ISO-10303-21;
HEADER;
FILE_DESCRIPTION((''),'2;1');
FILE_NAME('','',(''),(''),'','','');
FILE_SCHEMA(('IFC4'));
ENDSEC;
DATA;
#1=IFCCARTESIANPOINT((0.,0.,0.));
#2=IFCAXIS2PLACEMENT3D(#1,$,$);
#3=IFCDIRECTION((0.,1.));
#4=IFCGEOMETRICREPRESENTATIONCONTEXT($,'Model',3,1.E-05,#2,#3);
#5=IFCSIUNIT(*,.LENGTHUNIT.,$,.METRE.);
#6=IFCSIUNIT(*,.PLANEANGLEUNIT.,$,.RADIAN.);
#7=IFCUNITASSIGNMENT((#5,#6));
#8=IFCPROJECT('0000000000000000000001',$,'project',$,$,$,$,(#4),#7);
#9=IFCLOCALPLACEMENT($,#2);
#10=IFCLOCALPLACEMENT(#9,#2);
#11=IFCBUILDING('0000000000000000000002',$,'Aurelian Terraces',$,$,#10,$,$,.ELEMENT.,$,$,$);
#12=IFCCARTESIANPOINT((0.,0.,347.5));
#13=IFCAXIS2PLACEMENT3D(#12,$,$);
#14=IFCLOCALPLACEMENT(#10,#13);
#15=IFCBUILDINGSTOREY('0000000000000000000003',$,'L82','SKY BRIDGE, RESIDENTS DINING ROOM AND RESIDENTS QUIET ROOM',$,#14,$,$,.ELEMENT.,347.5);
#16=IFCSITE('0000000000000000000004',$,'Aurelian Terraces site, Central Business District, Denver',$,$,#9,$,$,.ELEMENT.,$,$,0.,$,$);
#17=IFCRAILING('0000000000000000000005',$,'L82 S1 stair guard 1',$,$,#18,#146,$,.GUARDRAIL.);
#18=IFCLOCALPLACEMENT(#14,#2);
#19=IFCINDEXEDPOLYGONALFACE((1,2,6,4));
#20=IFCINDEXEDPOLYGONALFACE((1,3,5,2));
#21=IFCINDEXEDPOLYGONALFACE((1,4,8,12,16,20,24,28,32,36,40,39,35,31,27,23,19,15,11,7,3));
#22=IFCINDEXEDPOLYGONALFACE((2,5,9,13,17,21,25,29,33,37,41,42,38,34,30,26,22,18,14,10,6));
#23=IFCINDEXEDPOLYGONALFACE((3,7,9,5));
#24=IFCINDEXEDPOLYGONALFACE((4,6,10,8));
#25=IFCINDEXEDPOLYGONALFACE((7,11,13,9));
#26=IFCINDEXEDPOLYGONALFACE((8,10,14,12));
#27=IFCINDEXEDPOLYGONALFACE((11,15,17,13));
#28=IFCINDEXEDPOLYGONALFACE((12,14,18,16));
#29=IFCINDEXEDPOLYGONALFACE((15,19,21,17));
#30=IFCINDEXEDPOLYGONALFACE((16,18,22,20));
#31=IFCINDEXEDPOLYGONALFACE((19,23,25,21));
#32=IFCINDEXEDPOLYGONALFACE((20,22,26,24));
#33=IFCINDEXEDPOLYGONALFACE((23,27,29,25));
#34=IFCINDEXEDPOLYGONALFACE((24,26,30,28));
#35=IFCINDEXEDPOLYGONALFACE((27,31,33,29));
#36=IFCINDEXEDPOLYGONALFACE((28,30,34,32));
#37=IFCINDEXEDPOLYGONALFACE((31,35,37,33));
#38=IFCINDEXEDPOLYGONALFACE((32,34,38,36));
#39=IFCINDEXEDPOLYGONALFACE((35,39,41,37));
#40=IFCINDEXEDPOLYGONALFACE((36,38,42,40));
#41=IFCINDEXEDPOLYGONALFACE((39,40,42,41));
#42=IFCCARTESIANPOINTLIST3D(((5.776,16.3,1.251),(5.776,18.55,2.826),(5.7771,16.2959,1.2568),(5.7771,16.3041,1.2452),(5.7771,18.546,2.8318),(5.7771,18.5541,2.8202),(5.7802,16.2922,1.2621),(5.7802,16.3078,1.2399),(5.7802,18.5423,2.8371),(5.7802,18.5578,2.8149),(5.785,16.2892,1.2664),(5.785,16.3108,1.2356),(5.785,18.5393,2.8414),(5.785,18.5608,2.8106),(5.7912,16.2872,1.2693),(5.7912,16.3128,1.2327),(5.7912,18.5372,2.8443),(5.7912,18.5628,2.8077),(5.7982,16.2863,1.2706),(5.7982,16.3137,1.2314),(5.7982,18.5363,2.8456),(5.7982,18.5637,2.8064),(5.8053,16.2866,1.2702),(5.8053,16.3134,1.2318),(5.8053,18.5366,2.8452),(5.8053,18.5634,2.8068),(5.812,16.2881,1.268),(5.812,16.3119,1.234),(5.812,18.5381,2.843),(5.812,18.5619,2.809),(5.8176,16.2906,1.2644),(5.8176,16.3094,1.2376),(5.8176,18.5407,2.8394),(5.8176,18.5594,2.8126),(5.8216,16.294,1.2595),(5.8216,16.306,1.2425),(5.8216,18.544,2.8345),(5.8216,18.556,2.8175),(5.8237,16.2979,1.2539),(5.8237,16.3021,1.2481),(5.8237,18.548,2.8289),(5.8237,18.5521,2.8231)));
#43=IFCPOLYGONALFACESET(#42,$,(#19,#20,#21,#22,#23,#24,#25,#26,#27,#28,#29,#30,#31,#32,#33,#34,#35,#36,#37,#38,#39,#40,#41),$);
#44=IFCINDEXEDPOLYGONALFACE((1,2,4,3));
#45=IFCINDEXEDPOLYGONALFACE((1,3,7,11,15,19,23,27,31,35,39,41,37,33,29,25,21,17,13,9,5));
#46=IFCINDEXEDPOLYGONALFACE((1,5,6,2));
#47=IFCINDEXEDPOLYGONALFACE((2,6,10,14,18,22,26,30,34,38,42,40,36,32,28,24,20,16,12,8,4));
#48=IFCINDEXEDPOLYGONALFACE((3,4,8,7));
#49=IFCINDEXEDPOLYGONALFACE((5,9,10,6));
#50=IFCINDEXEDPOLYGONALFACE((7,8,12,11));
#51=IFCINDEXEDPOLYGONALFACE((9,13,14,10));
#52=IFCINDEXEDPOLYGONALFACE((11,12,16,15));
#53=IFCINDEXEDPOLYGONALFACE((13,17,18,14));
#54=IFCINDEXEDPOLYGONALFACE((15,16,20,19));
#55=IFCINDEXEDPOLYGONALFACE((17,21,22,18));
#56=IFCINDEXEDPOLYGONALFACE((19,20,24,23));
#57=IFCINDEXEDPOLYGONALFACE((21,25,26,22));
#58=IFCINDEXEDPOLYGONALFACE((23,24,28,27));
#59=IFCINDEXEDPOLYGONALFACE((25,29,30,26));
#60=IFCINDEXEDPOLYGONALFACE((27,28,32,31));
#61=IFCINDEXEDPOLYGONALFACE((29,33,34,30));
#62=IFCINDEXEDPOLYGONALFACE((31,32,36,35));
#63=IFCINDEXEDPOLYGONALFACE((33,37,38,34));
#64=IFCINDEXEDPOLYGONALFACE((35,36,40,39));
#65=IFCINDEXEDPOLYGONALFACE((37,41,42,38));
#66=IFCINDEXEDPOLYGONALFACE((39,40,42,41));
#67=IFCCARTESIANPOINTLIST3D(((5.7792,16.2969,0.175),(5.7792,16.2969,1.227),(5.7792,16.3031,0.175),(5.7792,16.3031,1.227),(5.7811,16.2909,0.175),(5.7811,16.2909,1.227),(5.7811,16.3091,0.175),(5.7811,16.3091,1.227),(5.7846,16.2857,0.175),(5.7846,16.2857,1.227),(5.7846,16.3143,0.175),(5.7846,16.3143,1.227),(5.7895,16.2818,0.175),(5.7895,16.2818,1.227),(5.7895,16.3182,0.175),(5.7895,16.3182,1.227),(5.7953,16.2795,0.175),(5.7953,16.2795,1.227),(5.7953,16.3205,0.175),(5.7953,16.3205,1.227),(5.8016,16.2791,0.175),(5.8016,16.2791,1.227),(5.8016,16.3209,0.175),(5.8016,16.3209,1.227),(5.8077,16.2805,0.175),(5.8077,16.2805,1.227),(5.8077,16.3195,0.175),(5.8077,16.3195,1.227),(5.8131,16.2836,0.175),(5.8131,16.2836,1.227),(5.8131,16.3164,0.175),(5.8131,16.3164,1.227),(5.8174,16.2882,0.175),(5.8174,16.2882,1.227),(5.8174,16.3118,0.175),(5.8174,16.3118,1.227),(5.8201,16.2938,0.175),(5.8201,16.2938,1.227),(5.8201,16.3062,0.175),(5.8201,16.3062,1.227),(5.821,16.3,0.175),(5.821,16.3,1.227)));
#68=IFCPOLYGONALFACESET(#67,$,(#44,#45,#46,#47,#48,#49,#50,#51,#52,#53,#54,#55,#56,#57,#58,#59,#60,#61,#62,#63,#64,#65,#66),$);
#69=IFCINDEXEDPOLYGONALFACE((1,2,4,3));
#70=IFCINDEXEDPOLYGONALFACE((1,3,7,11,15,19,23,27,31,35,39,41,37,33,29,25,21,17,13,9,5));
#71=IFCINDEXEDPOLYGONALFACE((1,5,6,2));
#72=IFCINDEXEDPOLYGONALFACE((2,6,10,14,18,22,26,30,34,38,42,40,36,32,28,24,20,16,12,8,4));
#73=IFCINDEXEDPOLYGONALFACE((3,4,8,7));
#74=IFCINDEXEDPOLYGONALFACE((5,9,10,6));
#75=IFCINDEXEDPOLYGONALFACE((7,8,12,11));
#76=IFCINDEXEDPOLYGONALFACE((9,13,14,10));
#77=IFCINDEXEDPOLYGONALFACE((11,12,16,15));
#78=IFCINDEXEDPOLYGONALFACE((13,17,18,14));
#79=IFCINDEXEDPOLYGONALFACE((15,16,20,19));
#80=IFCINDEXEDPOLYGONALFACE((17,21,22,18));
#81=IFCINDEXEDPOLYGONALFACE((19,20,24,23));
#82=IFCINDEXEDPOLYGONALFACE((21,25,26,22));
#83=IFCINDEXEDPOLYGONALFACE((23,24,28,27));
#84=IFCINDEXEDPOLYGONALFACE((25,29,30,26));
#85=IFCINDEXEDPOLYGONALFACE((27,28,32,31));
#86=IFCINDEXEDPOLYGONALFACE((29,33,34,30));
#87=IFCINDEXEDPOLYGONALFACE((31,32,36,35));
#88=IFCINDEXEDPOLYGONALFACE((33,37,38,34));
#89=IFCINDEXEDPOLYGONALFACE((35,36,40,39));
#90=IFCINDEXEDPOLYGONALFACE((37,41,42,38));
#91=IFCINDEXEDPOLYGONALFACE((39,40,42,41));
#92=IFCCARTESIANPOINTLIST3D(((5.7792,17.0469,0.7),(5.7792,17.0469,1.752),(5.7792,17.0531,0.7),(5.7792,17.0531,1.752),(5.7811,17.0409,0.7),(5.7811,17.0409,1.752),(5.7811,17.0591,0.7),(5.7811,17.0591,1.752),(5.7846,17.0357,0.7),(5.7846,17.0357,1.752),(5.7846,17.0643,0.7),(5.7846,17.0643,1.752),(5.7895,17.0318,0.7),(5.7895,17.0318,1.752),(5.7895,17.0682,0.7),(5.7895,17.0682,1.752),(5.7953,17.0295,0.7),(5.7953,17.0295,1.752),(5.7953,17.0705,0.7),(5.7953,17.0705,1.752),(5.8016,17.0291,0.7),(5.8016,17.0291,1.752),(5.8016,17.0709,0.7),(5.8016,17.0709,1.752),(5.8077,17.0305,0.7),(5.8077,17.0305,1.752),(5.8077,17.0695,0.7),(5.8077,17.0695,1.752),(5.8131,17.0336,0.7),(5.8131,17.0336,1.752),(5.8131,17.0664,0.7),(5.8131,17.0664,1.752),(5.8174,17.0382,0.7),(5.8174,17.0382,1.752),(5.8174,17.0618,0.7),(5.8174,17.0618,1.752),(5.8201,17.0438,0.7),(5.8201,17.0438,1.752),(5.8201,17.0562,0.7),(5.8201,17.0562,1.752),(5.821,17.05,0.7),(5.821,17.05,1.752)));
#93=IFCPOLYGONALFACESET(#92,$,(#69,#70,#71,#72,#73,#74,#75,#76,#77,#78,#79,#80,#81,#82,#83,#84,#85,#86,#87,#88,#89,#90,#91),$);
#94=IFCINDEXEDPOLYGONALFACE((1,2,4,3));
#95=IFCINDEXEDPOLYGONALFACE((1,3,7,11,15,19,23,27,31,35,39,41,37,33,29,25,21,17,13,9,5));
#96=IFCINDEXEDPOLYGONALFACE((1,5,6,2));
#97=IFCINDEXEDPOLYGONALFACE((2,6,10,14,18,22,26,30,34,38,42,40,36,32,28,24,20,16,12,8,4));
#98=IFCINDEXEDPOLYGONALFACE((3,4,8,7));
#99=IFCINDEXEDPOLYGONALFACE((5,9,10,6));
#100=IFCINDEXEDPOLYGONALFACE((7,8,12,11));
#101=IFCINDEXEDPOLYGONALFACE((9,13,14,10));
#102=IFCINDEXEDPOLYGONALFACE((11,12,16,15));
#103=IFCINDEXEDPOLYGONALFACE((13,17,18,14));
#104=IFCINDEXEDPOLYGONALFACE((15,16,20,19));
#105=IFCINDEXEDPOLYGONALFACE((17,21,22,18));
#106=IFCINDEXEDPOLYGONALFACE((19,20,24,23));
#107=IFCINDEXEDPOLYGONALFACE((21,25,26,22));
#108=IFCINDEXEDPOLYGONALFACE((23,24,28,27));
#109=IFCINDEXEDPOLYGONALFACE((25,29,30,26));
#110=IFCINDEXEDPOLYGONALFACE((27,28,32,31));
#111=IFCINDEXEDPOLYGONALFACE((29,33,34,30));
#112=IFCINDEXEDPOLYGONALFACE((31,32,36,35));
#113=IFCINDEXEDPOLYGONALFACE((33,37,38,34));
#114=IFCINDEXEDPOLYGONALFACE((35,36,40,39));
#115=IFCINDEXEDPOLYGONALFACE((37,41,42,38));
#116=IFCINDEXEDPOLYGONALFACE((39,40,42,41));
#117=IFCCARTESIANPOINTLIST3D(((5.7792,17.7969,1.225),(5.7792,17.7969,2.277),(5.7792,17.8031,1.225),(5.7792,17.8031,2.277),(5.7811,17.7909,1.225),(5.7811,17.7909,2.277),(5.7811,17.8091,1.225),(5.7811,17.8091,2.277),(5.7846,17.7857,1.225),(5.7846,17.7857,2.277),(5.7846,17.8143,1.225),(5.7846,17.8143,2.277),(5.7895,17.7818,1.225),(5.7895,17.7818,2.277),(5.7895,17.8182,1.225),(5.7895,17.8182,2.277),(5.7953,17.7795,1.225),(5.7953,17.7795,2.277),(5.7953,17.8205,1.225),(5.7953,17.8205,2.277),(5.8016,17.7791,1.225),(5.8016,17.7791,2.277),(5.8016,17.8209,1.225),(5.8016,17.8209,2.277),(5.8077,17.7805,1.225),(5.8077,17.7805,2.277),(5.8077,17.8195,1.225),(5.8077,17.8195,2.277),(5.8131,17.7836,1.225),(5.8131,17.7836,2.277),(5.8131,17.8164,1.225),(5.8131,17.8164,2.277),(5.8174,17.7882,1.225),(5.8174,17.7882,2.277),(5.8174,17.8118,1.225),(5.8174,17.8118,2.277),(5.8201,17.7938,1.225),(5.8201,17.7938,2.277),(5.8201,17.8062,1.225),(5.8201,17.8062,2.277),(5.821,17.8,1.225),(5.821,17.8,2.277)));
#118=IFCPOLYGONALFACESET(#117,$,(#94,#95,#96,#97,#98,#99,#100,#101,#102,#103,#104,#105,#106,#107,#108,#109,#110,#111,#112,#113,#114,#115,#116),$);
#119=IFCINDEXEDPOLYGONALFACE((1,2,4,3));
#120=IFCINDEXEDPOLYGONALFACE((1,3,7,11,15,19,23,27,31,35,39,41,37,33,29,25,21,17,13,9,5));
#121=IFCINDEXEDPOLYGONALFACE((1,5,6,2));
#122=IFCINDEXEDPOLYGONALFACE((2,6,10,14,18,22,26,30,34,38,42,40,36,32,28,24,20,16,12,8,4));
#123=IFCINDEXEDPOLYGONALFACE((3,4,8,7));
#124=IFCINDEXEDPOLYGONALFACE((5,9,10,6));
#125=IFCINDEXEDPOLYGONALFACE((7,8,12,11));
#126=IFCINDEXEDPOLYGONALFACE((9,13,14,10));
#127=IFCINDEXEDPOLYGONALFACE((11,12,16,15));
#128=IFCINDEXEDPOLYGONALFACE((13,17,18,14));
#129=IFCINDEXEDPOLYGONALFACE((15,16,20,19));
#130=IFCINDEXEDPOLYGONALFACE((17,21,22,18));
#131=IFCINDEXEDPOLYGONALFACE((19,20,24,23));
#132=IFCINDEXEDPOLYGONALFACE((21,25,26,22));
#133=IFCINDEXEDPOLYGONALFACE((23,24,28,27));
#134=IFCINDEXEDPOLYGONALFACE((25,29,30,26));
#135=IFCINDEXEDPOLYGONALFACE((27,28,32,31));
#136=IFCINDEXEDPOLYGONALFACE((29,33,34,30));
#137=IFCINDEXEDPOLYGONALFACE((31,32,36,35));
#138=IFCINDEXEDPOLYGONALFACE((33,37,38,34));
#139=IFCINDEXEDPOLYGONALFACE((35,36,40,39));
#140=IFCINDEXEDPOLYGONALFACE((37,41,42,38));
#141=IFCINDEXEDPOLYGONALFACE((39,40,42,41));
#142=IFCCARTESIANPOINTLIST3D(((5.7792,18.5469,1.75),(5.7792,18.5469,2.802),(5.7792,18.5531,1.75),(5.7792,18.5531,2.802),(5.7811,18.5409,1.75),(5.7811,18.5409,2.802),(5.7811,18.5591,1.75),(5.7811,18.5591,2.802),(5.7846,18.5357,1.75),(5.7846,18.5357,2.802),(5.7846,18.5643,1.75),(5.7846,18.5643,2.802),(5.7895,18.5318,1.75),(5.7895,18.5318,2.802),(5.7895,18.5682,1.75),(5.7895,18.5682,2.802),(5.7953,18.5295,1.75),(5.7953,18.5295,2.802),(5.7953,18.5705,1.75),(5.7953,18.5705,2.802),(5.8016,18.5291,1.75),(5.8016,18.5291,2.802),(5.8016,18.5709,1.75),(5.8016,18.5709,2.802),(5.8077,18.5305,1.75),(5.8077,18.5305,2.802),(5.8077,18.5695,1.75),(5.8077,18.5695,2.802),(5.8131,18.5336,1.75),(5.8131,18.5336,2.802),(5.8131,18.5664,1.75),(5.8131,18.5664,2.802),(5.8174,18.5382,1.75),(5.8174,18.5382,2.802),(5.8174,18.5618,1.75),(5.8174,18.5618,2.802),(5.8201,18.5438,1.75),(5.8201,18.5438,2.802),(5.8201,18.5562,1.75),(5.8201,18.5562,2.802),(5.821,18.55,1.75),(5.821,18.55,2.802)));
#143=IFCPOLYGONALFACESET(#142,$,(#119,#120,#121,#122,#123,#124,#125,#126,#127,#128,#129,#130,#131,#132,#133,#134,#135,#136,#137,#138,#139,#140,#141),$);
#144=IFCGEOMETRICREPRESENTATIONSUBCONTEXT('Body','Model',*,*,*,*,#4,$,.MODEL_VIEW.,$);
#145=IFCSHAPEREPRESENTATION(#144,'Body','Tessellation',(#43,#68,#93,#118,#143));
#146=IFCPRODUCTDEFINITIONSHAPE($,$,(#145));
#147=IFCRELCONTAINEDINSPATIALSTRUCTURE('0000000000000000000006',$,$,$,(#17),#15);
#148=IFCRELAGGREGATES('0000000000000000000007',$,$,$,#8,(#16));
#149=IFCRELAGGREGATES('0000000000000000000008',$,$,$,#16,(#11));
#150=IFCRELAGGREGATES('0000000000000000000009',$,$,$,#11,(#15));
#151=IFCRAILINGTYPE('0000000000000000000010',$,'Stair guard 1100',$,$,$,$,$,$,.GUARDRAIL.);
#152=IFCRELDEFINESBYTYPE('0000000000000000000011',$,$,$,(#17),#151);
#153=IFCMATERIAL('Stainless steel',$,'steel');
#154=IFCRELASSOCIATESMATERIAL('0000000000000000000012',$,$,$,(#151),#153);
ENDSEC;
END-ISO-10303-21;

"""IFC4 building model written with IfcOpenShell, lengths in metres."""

from ifc_helpers import new_model, si_unit, direction, frame, origin, origin_2d, place, context, subcontext, project, spatial, circle, extrude, source, transform, mapped, material, type_object, element, save


model = new_model("IFC4")

# Units and contexts
model_context = context("Model", 3, precision=1e-05, world=origin(), true_north=direction((0.0, 1.0)))
body_context = subcontext(model_context, "Body", "Model", "MODEL_VIEW")
ifc_project = project(units=[si_unit("LENGTHUNIT", "METRE"), si_unit("PLANEANGLEUNIT", "RADIAN")], contexts=[model_context])

# Site, building, storey
site_placement = place(None, origin())
site = spatial("IfcSite", under=ifc_project, at=site_placement, Name="Aurelian Terraces site, Central Business District, Denver", CompositionType="ELEMENT", RefElevation=0.0)
building_placement = place(site_placement, origin())
building = spatial("IfcBuilding", under=site, at=building_placement, Name="Aurelian Terraces", CompositionType="ELEMENT")
storey_placement = place(building_placement, frame((0.0, 0.0, 347.5)))
storey = spatial("IfcBuildingStorey", under=building, at=storey_placement, Name="L82", Description="SKY BRIDGE, RESIDENTS DINING ROOM AND RESIDENTS QUIET ROOM", CompositionType="ELEMENT", Elevation=347.5)

# Railing
ifc_material_1 = material(Name="Stainless steel", Category="steel")
railing_type_1 = type_object("IfcRailingType", Name="Stair guard 1100", PredefinedType="GUARDRAIL", material=ifc_material_1)
shared_shape_1 = source(origin(), body_context, "Body", "SweptSolid", [
    extrude(circle(Radius=0.024, at=origin_2d()), frame((0.0, 0.0, 1.076), z_axis=(0.0, 0.819232, 0.573462), x_axis=(-1.0, 0.0, 0.0)), (0.0, 0.0, 1.0), 2.7465),
    extrude(circle(Radius=0.021, at=origin_2d()), origin(), (0.0, 0.0, 1.0), 1.052),
    extrude(circle(Radius=0.021, at=origin_2d()), frame((0.0, 0.75, 0.525)), (0.0, 0.0, 1.0), 1.052),
    extrude(circle(Radius=0.021, at=origin_2d()), frame((0.0, 1.5, 1.05)), (0.0, 0.0, 1.0), 1.052),
    extrude(circle(Radius=0.021, at=origin_2d()), frame((0.0, 2.25, 1.575)), (0.0, 0.0, 1.0), 1.052),
])
railing_1_placement = place(storey_placement, frame((5.8, 16.3, 0.175)))
element("IfcRailing", 1, at=railing_1_placement, inside=storey, type_object=railing_type_1, Name="L82 S1 stair guard 1", PredefinedType="GUARDRAIL", context=body_context, shape_type="MappedRepresentation", body=[
    mapped(shared_shape_1, transform((0.0, 0.0, 0.0), scale=1.0)),
])

save(model, "model.ifc")
